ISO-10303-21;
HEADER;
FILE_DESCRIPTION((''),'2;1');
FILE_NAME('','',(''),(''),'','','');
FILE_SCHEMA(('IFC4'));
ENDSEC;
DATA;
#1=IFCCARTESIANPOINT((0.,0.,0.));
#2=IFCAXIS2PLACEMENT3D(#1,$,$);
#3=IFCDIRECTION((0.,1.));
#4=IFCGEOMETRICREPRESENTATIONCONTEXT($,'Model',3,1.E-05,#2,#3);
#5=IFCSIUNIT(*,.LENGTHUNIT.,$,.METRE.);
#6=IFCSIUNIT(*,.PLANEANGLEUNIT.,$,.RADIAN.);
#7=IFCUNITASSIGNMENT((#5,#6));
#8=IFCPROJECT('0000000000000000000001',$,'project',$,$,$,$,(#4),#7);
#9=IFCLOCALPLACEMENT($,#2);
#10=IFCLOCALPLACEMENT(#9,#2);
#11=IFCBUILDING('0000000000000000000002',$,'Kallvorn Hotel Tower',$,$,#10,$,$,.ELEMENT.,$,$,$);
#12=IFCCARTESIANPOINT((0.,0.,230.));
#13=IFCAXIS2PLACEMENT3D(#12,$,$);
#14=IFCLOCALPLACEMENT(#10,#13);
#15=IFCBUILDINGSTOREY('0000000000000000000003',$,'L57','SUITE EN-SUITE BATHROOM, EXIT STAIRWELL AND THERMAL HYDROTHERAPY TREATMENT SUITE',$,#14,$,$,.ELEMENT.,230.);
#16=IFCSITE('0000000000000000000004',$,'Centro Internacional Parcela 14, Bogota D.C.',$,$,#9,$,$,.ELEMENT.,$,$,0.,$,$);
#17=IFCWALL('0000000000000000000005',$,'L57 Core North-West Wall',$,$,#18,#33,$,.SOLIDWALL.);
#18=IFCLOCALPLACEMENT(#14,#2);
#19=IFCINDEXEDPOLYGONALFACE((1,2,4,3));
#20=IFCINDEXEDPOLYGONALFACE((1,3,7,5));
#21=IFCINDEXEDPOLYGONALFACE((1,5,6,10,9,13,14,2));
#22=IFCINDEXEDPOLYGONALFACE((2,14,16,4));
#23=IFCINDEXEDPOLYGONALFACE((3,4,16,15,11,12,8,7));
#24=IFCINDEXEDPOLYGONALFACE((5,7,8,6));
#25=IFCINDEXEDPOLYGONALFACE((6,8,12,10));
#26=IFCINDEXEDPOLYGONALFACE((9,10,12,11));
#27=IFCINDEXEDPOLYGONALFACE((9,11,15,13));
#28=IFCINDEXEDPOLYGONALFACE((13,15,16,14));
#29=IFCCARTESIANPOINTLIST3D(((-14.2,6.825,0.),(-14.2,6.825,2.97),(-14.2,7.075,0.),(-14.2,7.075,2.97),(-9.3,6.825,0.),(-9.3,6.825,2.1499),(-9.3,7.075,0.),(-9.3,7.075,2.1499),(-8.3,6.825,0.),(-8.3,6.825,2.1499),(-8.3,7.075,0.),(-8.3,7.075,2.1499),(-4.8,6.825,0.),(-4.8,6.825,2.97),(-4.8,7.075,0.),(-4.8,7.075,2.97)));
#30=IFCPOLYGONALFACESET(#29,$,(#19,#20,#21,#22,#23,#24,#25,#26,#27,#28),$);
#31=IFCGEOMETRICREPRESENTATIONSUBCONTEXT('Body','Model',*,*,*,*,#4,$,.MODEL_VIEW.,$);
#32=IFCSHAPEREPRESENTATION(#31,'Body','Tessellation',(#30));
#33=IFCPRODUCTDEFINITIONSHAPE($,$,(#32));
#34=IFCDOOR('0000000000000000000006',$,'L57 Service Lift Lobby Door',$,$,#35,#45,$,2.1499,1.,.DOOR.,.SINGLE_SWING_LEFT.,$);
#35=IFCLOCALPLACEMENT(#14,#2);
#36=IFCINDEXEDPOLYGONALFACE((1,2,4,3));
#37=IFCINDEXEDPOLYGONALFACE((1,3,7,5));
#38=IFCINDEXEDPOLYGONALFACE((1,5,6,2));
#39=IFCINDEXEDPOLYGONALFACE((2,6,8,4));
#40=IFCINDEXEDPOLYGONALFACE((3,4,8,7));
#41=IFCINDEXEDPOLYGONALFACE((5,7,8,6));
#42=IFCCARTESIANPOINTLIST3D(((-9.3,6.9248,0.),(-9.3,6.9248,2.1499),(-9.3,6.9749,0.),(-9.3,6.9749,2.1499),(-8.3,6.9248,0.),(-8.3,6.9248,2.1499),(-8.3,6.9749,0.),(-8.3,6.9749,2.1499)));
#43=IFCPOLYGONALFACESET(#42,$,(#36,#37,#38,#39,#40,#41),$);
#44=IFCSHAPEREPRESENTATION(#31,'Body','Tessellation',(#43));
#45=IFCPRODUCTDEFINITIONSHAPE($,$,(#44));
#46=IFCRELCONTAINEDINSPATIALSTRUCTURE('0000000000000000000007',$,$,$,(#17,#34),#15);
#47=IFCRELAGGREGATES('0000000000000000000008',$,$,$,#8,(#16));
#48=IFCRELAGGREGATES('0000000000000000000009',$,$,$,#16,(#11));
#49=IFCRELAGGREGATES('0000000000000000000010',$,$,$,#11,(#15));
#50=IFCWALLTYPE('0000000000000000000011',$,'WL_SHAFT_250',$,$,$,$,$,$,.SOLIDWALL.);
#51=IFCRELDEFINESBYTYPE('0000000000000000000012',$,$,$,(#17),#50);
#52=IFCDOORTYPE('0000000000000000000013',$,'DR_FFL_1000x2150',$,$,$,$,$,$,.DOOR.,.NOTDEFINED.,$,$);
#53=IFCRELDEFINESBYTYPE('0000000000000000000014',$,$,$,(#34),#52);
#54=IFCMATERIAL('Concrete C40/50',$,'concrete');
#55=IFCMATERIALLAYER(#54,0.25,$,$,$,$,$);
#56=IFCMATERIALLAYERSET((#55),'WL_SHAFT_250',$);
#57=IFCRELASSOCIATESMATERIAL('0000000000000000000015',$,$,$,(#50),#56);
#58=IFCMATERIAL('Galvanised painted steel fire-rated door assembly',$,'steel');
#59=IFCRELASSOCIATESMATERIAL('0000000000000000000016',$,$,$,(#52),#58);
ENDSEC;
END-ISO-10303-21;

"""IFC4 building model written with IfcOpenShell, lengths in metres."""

from ifc_helpers import new_model, si_unit, direction, frame, frame_2d, origin, place, context, subcontext, project, spatial, rectangle, extrude, material, layer, layer_set, type_object, element, fill, save


model = new_model("IFC4")

# Units and contexts
model_context = context("Model", 3, precision=1e-05, world=origin(), true_north=direction((0.0, 1.0)))
body_context = subcontext(model_context, "Body", "Model", "MODEL_VIEW")
ifc_project = project(units=[si_unit("LENGTHUNIT", "METRE"), si_unit("PLANEANGLEUNIT", "RADIAN")], contexts=[model_context])

# Site, building, storey
site_placement = place(None, origin())
site = spatial("IfcSite", under=ifc_project, at=site_placement, Name="Centro Internacional Parcela 14, Bogota D.C.", CompositionType="ELEMENT", RefElevation=0.0)
building_placement = place(site_placement, origin())
building = spatial("IfcBuilding", under=site, at=building_placement, Name="Kallvorn Hotel Tower", CompositionType="ELEMENT")
storey_placement = place(building_placement, frame((0.0, 0.0, 230.0)))
storey = spatial("IfcBuildingStorey", under=building, at=storey_placement, Name="L57", Description="SUITE EN-SUITE BATHROOM, EXIT STAIRWELL AND THERMAL HYDROTHERAPY TREATMENT SUITE", CompositionType="ELEMENT", Elevation=230.0)

# Wall, opening, door
ifc_material_1 = material(Name="Concrete C40/50", Category="concrete")
ifc_layer_1 = layer(ifc_material_1, 0.25)
ifc_layer_set_1 = layer_set([ifc_layer_1], Name="WL_SHAFT_250")
wall_type_1 = type_object("IfcWallType", Name="WL_SHAFT_250", PredefinedType="SOLIDWALL", material=ifc_layer_set_1)
wall_1_placement = place(storey_placement, frame((-14.2, 6.95, 0.0), z_axis=(0.0, 0.0, 1.0), x_axis=(1.0, 0.0, 0.0)))
wall_1 = element("IfcWall", 1, at=wall_1_placement, inside=storey, type_object=wall_type_1, Name="L57 Core North-West Wall", PredefinedType="SOLIDWALL", context=body_context, shape_type="SweptSolid", body=[
    extrude(rectangle(XDim=9.3999, YDim=0.25, at=frame_2d((4.7, 0.0))), origin(), (0.0, 0.0, 1.0), 2.97),
])
opening_1_placement = place(wall_1_placement, frame((4.8999, 0.0, 0.0)))
opening_1 = element("IfcOpeningElement", 2, at=opening_1_placement, cuts=wall_1, PredefinedType="OPENING", context=body_context, shape_type="SweptSolid", body=[
    extrude(rectangle(XDim=1.0, YDim=2.1499, at=frame_2d((0.5, 1.075))), frame((0.0, 0.1399, 0.0), z_axis=(0.0, -1.0, 0.0), x_axis=(1.0, 0.0, 0.0)), (0.0, 0.0, 1.0), 0.28),
])
ifc_material_2 = material(Name="Galvanised painted steel fire-rated door assembly", Category="steel")
door_type_1 = type_object("IfcDoorType", Name="DR_FFL_1000x2150", OperationType="NOTDEFINED", PredefinedType="DOOR", material=ifc_material_2)
door_1_placement = place(opening_1_placement, origin())
door_1 = element("IfcDoor", 3, at=door_1_placement, inside=storey, type_object=door_type_1, Name="L57 Service Lift Lobby Door", OperationType="SINGLE_SWING_LEFT", OverallHeight=2.1499, OverallWidth=1.0, PredefinedType="DOOR", context=body_context, shape_type="SweptSolid", body=[
    extrude(rectangle(XDim=1.0, YDim=2.1499, at=frame_2d((0.5, 1.075))), frame((0.0, 0.0249, 0.0), z_axis=(0.0, -1.0, 0.0), x_axis=(1.0, 0.0, 0.0)), (0.0, 0.0, 1.0), 0.05),
])
fill(opening_1, door_1)

save(model, "model.ifc")
